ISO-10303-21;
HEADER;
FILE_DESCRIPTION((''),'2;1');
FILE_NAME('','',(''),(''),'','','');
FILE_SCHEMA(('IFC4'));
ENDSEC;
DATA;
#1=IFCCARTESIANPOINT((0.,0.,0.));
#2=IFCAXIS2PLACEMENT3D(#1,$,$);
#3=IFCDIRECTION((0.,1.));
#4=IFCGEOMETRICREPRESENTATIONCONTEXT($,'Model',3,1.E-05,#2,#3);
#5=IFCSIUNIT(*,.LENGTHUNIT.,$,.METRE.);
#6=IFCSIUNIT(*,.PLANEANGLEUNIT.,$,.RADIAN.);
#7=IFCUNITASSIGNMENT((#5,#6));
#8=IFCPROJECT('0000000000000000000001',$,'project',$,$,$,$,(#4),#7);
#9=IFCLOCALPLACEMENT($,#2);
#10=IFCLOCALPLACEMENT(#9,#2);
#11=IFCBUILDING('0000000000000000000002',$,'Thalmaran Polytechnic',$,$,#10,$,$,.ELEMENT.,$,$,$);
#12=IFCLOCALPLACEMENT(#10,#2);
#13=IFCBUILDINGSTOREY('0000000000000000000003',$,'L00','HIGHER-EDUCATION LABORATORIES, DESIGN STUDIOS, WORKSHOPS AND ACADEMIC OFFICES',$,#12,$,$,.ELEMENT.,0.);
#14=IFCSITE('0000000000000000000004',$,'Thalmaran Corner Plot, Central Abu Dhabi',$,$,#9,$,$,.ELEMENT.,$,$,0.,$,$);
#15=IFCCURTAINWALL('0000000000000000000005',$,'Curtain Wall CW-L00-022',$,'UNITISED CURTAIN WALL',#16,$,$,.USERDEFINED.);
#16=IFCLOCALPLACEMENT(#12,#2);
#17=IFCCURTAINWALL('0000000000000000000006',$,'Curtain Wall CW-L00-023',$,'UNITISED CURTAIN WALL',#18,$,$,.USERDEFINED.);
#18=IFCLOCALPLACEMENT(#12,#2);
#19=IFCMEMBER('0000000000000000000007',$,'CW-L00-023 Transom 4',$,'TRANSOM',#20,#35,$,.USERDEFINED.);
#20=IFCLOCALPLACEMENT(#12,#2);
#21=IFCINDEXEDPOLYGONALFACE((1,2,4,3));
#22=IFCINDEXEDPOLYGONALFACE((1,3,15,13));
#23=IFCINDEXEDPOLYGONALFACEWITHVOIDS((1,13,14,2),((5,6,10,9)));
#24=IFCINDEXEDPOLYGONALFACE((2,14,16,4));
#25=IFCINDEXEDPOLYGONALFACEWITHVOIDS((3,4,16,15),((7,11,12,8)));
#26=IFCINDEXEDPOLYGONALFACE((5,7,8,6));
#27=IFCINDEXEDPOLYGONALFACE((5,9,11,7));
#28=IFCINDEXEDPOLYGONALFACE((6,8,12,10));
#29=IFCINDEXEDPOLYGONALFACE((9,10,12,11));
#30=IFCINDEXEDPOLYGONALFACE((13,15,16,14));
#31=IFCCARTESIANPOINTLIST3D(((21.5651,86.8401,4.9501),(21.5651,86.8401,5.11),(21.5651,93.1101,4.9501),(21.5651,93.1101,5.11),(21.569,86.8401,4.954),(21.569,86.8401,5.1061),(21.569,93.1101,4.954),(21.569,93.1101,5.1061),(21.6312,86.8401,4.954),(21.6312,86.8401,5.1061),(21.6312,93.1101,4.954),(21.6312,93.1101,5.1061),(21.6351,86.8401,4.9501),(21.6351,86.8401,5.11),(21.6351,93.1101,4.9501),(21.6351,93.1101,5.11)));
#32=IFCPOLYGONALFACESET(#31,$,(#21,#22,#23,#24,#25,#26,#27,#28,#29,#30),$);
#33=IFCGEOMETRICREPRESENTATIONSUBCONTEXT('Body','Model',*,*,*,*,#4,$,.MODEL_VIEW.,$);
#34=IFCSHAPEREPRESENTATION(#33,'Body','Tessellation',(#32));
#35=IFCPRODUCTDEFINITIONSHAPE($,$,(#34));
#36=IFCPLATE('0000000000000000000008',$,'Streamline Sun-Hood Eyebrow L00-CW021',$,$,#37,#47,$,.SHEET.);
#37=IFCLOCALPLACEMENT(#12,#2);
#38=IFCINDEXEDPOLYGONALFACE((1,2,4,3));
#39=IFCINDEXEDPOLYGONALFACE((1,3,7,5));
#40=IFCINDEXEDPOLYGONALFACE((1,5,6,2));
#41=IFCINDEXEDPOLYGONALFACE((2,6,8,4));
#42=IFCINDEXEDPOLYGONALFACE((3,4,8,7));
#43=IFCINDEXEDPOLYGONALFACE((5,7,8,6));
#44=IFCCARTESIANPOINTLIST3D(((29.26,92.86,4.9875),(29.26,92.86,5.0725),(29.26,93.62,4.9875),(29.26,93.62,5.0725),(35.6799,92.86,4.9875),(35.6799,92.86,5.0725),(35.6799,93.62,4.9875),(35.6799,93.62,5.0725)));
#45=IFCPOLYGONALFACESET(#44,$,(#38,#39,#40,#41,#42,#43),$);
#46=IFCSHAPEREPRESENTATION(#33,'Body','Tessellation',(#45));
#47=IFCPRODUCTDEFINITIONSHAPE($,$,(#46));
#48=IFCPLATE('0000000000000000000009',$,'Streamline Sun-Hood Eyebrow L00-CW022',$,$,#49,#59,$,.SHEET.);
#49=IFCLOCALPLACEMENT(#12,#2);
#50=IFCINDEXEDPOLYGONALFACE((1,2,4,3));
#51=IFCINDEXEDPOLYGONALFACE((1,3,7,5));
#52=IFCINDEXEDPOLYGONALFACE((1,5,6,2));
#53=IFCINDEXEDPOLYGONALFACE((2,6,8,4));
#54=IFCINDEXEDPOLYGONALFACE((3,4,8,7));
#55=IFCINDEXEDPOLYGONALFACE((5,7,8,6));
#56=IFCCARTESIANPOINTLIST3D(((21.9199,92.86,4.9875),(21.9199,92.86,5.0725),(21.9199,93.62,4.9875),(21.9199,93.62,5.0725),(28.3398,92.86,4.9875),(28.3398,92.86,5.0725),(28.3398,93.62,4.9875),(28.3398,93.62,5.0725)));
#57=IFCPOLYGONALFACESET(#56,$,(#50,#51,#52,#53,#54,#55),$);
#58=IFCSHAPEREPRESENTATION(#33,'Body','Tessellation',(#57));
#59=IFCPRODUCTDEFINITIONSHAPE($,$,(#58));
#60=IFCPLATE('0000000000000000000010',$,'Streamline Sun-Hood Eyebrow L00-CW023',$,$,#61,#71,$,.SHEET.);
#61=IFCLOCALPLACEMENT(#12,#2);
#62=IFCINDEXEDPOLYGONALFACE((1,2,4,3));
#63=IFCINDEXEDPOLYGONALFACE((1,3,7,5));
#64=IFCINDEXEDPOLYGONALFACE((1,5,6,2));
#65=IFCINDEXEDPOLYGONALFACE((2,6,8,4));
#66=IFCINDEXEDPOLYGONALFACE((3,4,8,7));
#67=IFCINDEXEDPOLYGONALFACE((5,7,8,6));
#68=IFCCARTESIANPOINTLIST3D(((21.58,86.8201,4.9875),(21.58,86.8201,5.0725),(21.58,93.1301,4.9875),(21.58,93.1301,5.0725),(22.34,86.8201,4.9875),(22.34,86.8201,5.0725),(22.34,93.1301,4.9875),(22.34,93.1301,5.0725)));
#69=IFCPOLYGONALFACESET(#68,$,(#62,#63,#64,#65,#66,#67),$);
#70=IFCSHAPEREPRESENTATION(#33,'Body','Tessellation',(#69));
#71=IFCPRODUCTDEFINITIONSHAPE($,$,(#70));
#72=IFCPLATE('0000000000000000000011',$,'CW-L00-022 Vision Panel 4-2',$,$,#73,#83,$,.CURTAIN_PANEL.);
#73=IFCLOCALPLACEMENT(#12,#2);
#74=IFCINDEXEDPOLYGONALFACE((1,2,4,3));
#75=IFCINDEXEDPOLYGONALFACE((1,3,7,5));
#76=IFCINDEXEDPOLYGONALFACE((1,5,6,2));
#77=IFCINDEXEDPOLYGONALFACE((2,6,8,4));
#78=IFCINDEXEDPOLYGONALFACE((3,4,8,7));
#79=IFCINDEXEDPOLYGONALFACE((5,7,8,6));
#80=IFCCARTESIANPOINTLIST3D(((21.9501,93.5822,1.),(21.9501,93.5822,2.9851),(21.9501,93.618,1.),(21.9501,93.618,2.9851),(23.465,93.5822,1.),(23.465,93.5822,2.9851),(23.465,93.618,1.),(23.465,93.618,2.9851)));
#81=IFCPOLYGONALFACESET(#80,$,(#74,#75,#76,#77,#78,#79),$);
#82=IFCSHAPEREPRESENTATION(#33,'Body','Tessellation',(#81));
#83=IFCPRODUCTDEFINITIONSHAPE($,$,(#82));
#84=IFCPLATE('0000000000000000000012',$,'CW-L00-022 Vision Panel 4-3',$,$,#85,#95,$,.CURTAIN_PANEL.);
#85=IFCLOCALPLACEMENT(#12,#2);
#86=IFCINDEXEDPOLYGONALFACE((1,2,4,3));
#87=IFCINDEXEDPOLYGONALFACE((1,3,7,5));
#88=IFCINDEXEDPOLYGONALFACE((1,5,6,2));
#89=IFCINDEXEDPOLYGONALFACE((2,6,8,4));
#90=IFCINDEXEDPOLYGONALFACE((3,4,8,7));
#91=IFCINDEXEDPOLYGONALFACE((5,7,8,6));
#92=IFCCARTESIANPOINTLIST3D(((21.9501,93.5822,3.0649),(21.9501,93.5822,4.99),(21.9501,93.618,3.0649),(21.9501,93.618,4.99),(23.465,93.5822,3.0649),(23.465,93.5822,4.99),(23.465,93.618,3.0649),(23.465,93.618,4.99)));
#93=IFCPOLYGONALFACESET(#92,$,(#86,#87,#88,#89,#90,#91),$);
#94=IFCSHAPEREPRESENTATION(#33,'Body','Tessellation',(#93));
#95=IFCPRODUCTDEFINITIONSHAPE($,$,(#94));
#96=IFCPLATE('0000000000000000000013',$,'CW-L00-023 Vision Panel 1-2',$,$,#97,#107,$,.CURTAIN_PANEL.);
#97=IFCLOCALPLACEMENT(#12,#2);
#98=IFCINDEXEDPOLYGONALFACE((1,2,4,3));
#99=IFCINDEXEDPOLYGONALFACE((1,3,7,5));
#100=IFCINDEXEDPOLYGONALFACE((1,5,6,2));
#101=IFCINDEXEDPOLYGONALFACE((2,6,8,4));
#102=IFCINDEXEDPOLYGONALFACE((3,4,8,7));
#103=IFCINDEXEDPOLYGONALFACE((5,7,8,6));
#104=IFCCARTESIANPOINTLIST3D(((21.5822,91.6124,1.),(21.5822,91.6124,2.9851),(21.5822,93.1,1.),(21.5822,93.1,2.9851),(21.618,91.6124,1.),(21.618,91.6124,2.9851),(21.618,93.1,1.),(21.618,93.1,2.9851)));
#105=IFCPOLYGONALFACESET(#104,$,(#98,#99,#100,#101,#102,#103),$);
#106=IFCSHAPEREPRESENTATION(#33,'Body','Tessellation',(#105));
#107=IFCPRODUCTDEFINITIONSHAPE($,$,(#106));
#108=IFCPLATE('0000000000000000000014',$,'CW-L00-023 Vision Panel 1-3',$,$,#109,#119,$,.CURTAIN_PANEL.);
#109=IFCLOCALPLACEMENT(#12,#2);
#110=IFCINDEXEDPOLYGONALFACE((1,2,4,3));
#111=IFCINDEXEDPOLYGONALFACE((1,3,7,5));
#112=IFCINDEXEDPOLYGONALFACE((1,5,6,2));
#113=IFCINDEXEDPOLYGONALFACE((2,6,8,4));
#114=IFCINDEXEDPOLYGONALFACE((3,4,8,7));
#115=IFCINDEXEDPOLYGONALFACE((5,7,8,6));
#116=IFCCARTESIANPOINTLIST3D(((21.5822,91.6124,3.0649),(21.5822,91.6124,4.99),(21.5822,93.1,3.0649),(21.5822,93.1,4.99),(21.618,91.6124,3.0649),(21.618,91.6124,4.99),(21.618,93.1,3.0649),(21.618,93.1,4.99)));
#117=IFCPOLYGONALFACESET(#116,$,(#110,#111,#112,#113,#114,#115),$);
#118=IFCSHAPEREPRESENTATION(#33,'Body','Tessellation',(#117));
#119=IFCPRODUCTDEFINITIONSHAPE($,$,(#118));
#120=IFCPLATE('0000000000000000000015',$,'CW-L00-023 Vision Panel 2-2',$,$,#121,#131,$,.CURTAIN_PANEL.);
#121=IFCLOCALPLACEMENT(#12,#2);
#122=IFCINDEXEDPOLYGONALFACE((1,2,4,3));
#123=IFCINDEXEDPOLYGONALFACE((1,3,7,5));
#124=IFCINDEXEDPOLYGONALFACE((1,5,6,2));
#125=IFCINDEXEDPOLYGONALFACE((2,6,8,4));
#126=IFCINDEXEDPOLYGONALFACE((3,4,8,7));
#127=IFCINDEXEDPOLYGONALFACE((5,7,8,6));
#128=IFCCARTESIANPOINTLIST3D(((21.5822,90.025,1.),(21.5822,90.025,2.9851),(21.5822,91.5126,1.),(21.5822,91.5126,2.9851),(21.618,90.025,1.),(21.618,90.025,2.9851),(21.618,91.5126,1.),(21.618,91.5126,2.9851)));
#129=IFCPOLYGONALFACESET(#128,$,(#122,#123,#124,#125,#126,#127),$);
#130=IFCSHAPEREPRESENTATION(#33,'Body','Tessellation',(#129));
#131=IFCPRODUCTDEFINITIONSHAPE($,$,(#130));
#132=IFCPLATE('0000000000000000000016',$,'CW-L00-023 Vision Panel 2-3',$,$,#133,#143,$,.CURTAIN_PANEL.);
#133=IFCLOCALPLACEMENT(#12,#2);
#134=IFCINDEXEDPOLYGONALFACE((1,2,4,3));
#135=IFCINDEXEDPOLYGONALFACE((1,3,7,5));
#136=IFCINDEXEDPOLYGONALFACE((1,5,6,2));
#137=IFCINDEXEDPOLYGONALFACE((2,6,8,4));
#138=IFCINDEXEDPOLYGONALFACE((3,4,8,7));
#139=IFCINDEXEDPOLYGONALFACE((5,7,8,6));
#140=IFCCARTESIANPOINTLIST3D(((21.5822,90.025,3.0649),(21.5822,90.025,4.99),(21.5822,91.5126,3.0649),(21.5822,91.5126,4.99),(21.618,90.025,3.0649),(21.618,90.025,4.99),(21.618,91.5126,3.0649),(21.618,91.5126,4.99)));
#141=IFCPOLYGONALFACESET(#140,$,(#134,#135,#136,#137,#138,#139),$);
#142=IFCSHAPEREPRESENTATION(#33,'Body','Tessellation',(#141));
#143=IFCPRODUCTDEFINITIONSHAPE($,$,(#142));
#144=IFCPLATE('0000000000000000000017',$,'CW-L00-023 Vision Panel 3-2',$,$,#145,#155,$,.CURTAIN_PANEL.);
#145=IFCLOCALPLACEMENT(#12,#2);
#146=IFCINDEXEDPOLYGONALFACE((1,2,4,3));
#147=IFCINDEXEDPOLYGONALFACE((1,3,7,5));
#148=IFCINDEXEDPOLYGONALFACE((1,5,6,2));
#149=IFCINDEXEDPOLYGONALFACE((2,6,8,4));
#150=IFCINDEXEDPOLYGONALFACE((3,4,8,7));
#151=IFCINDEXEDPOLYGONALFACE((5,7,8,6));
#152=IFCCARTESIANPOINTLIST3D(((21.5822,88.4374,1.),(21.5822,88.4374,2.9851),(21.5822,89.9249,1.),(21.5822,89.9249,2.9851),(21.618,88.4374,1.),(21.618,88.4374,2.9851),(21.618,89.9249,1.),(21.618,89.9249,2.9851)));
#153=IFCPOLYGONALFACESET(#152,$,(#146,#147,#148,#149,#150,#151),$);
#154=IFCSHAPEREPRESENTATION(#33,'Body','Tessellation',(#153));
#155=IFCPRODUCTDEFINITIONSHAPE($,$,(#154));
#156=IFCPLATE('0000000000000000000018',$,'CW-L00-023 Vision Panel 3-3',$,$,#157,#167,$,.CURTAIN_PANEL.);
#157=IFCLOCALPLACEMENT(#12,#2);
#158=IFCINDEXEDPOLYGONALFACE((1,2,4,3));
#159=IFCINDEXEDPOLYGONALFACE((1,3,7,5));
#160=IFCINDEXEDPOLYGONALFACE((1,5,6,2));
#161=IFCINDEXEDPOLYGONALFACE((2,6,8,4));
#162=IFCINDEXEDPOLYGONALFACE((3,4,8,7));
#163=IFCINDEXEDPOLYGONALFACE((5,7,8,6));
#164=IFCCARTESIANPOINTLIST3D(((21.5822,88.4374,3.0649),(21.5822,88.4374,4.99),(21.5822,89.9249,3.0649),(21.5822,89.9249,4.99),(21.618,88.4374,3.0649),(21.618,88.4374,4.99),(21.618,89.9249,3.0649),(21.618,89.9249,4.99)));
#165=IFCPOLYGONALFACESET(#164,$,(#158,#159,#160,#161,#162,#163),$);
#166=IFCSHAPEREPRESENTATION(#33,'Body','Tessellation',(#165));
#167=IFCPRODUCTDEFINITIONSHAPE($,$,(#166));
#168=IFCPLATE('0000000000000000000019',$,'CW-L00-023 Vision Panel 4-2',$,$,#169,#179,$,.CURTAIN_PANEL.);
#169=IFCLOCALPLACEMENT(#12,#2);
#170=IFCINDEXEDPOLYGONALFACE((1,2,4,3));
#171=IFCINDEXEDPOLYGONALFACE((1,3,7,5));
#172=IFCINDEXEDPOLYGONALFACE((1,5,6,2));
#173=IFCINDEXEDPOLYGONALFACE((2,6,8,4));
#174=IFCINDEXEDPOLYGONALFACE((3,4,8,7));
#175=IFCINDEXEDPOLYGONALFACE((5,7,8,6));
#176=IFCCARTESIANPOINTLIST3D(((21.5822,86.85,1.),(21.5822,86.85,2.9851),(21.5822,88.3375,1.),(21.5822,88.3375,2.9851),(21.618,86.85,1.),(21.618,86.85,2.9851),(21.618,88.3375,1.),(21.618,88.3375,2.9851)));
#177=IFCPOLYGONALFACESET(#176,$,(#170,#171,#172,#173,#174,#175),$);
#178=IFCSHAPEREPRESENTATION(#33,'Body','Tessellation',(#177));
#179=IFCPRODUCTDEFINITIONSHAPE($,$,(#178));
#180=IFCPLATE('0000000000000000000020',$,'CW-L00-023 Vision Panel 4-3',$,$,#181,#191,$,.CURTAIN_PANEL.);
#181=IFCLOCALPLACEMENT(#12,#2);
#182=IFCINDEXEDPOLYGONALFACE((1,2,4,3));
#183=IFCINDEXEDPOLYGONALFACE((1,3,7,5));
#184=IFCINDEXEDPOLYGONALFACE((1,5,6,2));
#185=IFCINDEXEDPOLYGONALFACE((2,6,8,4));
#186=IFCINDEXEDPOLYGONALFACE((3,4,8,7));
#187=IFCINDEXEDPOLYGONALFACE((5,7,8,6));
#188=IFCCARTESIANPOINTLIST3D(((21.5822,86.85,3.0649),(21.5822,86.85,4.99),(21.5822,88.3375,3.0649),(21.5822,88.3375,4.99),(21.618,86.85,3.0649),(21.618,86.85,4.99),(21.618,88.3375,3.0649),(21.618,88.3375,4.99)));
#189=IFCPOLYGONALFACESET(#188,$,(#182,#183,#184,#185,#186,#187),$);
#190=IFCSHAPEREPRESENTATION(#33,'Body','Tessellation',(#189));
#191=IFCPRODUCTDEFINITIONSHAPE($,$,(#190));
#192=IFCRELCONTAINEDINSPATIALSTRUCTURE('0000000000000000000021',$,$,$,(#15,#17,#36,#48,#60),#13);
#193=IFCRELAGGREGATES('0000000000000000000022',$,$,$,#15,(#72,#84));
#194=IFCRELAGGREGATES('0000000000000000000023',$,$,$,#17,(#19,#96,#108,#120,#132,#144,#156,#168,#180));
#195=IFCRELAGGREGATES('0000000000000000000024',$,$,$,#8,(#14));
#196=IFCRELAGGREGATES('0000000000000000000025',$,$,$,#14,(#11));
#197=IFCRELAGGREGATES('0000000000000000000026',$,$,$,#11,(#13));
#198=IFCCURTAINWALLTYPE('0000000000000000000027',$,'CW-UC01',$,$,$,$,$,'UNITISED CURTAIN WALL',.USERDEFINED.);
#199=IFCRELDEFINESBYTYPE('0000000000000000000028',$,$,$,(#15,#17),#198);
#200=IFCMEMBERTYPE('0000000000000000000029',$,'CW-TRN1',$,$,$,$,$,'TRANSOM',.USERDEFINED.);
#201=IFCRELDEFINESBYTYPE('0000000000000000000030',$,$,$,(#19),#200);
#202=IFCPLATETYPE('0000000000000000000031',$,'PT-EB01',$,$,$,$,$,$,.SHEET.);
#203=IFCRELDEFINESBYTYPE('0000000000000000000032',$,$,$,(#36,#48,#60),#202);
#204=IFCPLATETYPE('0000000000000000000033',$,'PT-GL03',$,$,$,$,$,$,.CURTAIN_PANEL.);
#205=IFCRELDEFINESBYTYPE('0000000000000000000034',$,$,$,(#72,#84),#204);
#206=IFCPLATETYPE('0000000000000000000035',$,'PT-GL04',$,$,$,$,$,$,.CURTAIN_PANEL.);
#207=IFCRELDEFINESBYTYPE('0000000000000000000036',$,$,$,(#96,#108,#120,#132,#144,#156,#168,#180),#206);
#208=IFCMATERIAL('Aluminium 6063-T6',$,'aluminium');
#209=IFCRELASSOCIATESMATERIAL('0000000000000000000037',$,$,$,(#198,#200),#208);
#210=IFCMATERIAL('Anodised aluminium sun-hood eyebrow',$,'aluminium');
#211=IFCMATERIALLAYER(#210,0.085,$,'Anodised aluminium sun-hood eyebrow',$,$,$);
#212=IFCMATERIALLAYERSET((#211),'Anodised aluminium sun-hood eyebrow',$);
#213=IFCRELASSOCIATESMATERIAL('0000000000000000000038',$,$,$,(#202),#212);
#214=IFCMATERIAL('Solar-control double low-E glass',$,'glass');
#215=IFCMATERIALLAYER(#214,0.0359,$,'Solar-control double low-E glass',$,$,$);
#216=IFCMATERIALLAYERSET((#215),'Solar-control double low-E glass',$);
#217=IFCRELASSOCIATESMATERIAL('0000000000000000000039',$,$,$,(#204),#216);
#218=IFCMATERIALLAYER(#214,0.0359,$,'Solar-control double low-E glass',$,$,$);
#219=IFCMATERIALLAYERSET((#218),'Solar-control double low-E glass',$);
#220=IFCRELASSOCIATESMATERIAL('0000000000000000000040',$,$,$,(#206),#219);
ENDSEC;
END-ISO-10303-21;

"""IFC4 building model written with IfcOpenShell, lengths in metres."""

from ifc_helpers import new_model, si_unit, direction, frame, origin, origin_2d, place, context, subcontext, project, spatial, rectangle, hollow_rectangle, extrude, material, layer, layer_set, material_profile, profile_set, type_object, element, aggregate, save


model = new_model("IFC4")

# Units and contexts
model_context = context("Model", 3, precision=1e-05, world=origin(), true_north=direction((0.0, 1.0)))
body_context = subcontext(model_context, "Body", "Model", "MODEL_VIEW")
ifc_project = project(units=[si_unit("LENGTHUNIT", "METRE"), si_unit("PLANEANGLEUNIT", "RADIAN")], contexts=[model_context])

# Site, building, storey
site_placement = place(None, origin())
site = spatial("IfcSite", under=ifc_project, at=site_placement, Name="Thalmaran Corner Plot, Central Abu Dhabi", CompositionType="ELEMENT", RefElevation=0.0)
building_placement = place(site_placement, origin())
building = spatial("IfcBuilding", under=site, at=building_placement, Name="Thalmaran Polytechnic", CompositionType="ELEMENT")
storey_placement = place(building_placement, origin())
storey = spatial("IfcBuildingStorey", under=building, at=storey_placement, Name="L00", Description="HIGHER-EDUCATION LABORATORIES, DESIGN STUDIOS, WORKSHOPS AND ACADEMIC OFFICES", CompositionType="ELEMENT", Elevation=0.0)

# Curtain walls, member
ifc_material_1 = material(Name="Aluminium 6063-T6", Category="aluminium")
curtain_wall_type = type_object("IfcCurtainWallType", Name="CW-UC01", ElementType="UNITISED CURTAIN WALL", PredefinedType="USERDEFINED", material=ifc_material_1)
curtain_wall_1_placement = place(storey_placement, origin())
curtain_wall_1 = element("IfcCurtainWall", 1, at=curtain_wall_1_placement, inside=storey, type_object=curtain_wall_type, Name="Curtain Wall CW-L00-022", ObjectType="UNITISED CURTAIN WALL", PredefinedType="USERDEFINED")
curtain_wall_2_placement = place(storey_placement, origin())
curtain_wall_2 = element("IfcCurtainWall", 2, at=curtain_wall_2_placement, inside=storey, type_object=curtain_wall_type, Name="Curtain Wall CW-L00-023", ObjectType="UNITISED CURTAIN WALL", PredefinedType="USERDEFINED")
ifc_material_profile_1 = material_profile(ifc_material_1, hollow_rectangle(XDim=0.0701, YDim=0.1599, WallThickness=0.0039, at=origin_2d()), Name="AL 160x70x4.0")
ifc_profile_set_1 = profile_set([ifc_material_profile_1], Name="Aluminium 6063-T6")
member_type_1 = type_object("IfcMemberType", Name="CW-TRN1", ElementType="TRANSOM", PredefinedType="USERDEFINED", material=ifc_profile_set_1)
member_1_placement = place(storey_placement, frame((21.6001, 93.1101, 5.03), z_axis=(0.0, -1.0, 0.0), x_axis=(1.0, 0.0, 0.0)))
member_1 = element("IfcMember", 3, at=member_1_placement, type_object=member_type_1, Name="CW-L00-023 Transom 4", ObjectType="TRANSOM", PredefinedType="USERDEFINED", context=body_context, shape_type="SweptSolid", body=[
    extrude(hollow_rectangle(XDim=0.0701, YDim=0.1599, WallThickness=0.0039, at=origin_2d()), origin(), (0.0, 0.0, 1.0), 6.27),
])

# Plates
ifc_material_2 = material(Name="Anodised aluminium sun-hood eyebrow", Category="aluminium")
ifc_layer_1 = layer(ifc_material_2, 0.085, Name="Anodised aluminium sun-hood eyebrow")
ifc_layer_set_1 = layer_set([ifc_layer_1], Name="Anodised aluminium sun-hood eyebrow")
plate_type_1 = type_object("IfcPlateType", Name="PT-EB01", PredefinedType="SHEET", material=ifc_layer_set_1)
for number, where, z_axis, x_axis, name in (
    (4, (32.47, 93.24, 4.9875), (0.0, 0.0, 1.0), (-1.0, 0.0, 0.0), "Streamline Sun-Hood Eyebrow L00-CW021"),
    (5, (25.1299, 93.24, 4.9875), (0.0, 0.0, 1.0), (-1.0, 0.0, 0.0), "Streamline Sun-Hood Eyebrow L00-CW022"),
):
    element("IfcPlate", number, at=place(storey_placement, frame(where, z_axis=z_axis, x_axis=x_axis)), inside=storey, type_object=plate_type_1, Name=name, PredefinedType="SHEET", context=body_context, shape_type="SweptSolid", body=[
        extrude(rectangle(XDim=6.4199, YDim=0.76, at=origin_2d()), origin(), (0.0, 0.0, 1.0), 0.085),
    ])
plate_1_placement = place(storey_placement, frame((21.96, 89.9751, 4.9875), z_axis=(0.0, 0.0, 1.0), x_axis=(0.0, -1.0, 0.0)))
element("IfcPlate", 6, at=plate_1_placement, inside=storey, type_object=plate_type_1, Name="Streamline Sun-Hood Eyebrow L00-CW023", PredefinedType="SHEET", context=body_context, shape_type="SweptSolid", body=[
    extrude(rectangle(XDim=6.3101, YDim=0.76, at=origin_2d()), origin(), (0.0, 0.0, 1.0), 0.085),
])

# Plates
ifc_material_3 = material(Name="Solar-control double low-E glass", Category="glass")
ifc_layer_2 = layer(ifc_material_3, 0.0359, Name="Solar-control double low-E glass")
ifc_layer_set_2 = layer_set([ifc_layer_2], Name="Solar-control double low-E glass")
plate_type_2 = type_object("IfcPlateType", Name="PT-GL03", PredefinedType="CURTAIN_PANEL", material=ifc_layer_set_2)
plate_2_placement = place(storey_placement, frame((22.7075, 93.6001, 1.0), z_axis=(0.0, 0.0, 1.0), x_axis=(-1.0, 0.0, 0.0)))
plate_2 = element("IfcPlate", 7, at=plate_2_placement, type_object=plate_type_2, Name="CW-L00-022 Vision Panel 4-2", PredefinedType="CURTAIN_PANEL", context=body_context, shape_type="SweptSolid", body=[
    extrude(rectangle(XDim=1.5149, YDim=0.0359, at=origin_2d()), origin(), (0.0, 0.0, 1.0), 1.9851),
])
plate_3_placement = place(storey_placement, frame((22.7075, 93.6001, 3.0649), z_axis=(0.0, 0.0, 1.0), x_axis=(-1.0, 0.0, 0.0)))
plate_3 = element("IfcPlate", 8, at=plate_3_placement, type_object=plate_type_2, Name="CW-L00-022 Vision Panel 4-3", PredefinedType="CURTAIN_PANEL", context=body_context, shape_type="SweptSolid", body=[
    extrude(rectangle(XDim=1.5149, YDim=0.0359, at=origin_2d()), origin(), (0.0, 0.0, 1.0), 1.925),
])
ifc_layer_3 = layer(ifc_material_3, 0.0359, Name="Solar-control double low-E glass")
ifc_layer_set_3 = layer_set([ifc_layer_3], Name="Solar-control double low-E glass")
plate_type_3 = type_object("IfcPlateType", Name="PT-GL04", PredefinedType="CURTAIN_PANEL", material=ifc_layer_set_3)
plate_4_placement = place(storey_placement, frame((21.6001, 92.3562, 1.0), z_axis=(0.0, 0.0, 1.0), x_axis=(0.0, -1.0, 0.0)))
plate_4 = element("IfcPlate", 9, at=plate_4_placement, type_object=plate_type_3, Name="CW-L00-023 Vision Panel 1-2", PredefinedType="CURTAIN_PANEL", context=body_context, shape_type="SweptSolid", body=[
    extrude(rectangle(XDim=1.4875, YDim=0.0359, at=origin_2d()), origin(), (0.0, 0.0, 1.0), 1.9851),
])
plate_5_placement = place(storey_placement, frame((21.6001, 92.3562, 3.0649), z_axis=(0.0, 0.0, 1.0), x_axis=(0.0, -1.0, 0.0)))
plate_5 = element("IfcPlate", 10, at=plate_5_placement, type_object=plate_type_3, Name="CW-L00-023 Vision Panel 1-3", PredefinedType="CURTAIN_PANEL", context=body_context, shape_type="SweptSolid", body=[
    extrude(rectangle(XDim=1.4875, YDim=0.0359, at=origin_2d()), origin(), (0.0, 0.0, 1.0), 1.925),
])
plate_6_placement = place(storey_placement, frame((21.6001, 90.7688, 1.0), z_axis=(0.0, 0.0, 1.0), x_axis=(0.0, -1.0, 0.0)))
plate_6 = element("IfcPlate", 11, at=plate_6_placement, type_object=plate_type_3, Name="CW-L00-023 Vision Panel 2-2", PredefinedType="CURTAIN_PANEL", context=body_context, shape_type="SweptSolid", body=[
    extrude(rectangle(XDim=1.4875, YDim=0.0359, at=origin_2d()), origin(), (0.0, 0.0, 1.0), 1.9851),
])
plate_7_placement = place(storey_placement, frame((21.6001, 90.7688, 3.0649), z_axis=(0.0, 0.0, 1.0), x_axis=(0.0, -1.0, 0.0)))
plate_7 = element("IfcPlate", 12, at=plate_7_placement, type_object=plate_type_3, Name="CW-L00-023 Vision Panel 2-3", PredefinedType="CURTAIN_PANEL", context=body_context, shape_type="SweptSolid", body=[
    extrude(rectangle(XDim=1.4875, YDim=0.0359, at=origin_2d()), origin(), (0.0, 0.0, 1.0), 1.925),
])
plate_8_placement = place(storey_placement, frame((21.6001, 89.1812, 1.0), z_axis=(0.0, 0.0, 1.0), x_axis=(0.0, -1.0, 0.0)))
plate_8 = element("IfcPlate", 13, at=plate_8_placement, type_object=plate_type_3, Name="CW-L00-023 Vision Panel 3-2", PredefinedType="CURTAIN_PANEL", context=body_context, shape_type="SweptSolid", body=[
    extrude(rectangle(XDim=1.4875, YDim=0.0359, at=origin_2d()), origin(), (0.0, 0.0, 1.0), 1.9851),
])
plate_9_placement = place(storey_placement, frame((21.6001, 89.1812, 3.0649), z_axis=(0.0, 0.0, 1.0), x_axis=(0.0, -1.0, 0.0)))
plate_9 = element("IfcPlate", 14, at=plate_9_placement, type_object=plate_type_3, Name="CW-L00-023 Vision Panel 3-3", PredefinedType="CURTAIN_PANEL", context=body_context, shape_type="SweptSolid", body=[
    extrude(rectangle(XDim=1.4875, YDim=0.0359, at=origin_2d()), origin(), (0.0, 0.0, 1.0), 1.925),
])
plate_10_placement = place(storey_placement, frame((21.6001, 87.5938, 1.0), z_axis=(0.0, 0.0, 1.0), x_axis=(0.0, -1.0, 0.0)))
plate_10 = element("IfcPlate", 15, at=plate_10_placement, type_object=plate_type_3, Name="CW-L00-023 Vision Panel 4-2", PredefinedType="CURTAIN_PANEL", context=body_context, shape_type="SweptSolid", body=[
    extrude(rectangle(XDim=1.4875, YDim=0.0359, at=origin_2d()), origin(), (0.0, 0.0, 1.0), 1.9851),
])
plate_11_placement = place(storey_placement, frame((21.6001, 87.5938, 3.0649), z_axis=(0.0, 0.0, 1.0), x_axis=(0.0, -1.0, 0.0)))
plate_11 = element("IfcPlate", 16, at=plate_11_placement, type_object=plate_type_3, Name="CW-L00-023 Vision Panel 4-3", PredefinedType="CURTAIN_PANEL", context=body_context, shape_type="SweptSolid", body=[
    extrude(rectangle(XDim=1.4875, YDim=0.0359, at=origin_2d()), origin(), (0.0, 0.0, 1.0), 1.925),
])
aggregate(curtain_wall_1, [plate_2, plate_3])
aggregate(curtain_wall_2, [member_1, plate_4, plate_5, plate_6, plate_7, plate_8, plate_9, plate_10, plate_11])

save(model, "model.ifc")
